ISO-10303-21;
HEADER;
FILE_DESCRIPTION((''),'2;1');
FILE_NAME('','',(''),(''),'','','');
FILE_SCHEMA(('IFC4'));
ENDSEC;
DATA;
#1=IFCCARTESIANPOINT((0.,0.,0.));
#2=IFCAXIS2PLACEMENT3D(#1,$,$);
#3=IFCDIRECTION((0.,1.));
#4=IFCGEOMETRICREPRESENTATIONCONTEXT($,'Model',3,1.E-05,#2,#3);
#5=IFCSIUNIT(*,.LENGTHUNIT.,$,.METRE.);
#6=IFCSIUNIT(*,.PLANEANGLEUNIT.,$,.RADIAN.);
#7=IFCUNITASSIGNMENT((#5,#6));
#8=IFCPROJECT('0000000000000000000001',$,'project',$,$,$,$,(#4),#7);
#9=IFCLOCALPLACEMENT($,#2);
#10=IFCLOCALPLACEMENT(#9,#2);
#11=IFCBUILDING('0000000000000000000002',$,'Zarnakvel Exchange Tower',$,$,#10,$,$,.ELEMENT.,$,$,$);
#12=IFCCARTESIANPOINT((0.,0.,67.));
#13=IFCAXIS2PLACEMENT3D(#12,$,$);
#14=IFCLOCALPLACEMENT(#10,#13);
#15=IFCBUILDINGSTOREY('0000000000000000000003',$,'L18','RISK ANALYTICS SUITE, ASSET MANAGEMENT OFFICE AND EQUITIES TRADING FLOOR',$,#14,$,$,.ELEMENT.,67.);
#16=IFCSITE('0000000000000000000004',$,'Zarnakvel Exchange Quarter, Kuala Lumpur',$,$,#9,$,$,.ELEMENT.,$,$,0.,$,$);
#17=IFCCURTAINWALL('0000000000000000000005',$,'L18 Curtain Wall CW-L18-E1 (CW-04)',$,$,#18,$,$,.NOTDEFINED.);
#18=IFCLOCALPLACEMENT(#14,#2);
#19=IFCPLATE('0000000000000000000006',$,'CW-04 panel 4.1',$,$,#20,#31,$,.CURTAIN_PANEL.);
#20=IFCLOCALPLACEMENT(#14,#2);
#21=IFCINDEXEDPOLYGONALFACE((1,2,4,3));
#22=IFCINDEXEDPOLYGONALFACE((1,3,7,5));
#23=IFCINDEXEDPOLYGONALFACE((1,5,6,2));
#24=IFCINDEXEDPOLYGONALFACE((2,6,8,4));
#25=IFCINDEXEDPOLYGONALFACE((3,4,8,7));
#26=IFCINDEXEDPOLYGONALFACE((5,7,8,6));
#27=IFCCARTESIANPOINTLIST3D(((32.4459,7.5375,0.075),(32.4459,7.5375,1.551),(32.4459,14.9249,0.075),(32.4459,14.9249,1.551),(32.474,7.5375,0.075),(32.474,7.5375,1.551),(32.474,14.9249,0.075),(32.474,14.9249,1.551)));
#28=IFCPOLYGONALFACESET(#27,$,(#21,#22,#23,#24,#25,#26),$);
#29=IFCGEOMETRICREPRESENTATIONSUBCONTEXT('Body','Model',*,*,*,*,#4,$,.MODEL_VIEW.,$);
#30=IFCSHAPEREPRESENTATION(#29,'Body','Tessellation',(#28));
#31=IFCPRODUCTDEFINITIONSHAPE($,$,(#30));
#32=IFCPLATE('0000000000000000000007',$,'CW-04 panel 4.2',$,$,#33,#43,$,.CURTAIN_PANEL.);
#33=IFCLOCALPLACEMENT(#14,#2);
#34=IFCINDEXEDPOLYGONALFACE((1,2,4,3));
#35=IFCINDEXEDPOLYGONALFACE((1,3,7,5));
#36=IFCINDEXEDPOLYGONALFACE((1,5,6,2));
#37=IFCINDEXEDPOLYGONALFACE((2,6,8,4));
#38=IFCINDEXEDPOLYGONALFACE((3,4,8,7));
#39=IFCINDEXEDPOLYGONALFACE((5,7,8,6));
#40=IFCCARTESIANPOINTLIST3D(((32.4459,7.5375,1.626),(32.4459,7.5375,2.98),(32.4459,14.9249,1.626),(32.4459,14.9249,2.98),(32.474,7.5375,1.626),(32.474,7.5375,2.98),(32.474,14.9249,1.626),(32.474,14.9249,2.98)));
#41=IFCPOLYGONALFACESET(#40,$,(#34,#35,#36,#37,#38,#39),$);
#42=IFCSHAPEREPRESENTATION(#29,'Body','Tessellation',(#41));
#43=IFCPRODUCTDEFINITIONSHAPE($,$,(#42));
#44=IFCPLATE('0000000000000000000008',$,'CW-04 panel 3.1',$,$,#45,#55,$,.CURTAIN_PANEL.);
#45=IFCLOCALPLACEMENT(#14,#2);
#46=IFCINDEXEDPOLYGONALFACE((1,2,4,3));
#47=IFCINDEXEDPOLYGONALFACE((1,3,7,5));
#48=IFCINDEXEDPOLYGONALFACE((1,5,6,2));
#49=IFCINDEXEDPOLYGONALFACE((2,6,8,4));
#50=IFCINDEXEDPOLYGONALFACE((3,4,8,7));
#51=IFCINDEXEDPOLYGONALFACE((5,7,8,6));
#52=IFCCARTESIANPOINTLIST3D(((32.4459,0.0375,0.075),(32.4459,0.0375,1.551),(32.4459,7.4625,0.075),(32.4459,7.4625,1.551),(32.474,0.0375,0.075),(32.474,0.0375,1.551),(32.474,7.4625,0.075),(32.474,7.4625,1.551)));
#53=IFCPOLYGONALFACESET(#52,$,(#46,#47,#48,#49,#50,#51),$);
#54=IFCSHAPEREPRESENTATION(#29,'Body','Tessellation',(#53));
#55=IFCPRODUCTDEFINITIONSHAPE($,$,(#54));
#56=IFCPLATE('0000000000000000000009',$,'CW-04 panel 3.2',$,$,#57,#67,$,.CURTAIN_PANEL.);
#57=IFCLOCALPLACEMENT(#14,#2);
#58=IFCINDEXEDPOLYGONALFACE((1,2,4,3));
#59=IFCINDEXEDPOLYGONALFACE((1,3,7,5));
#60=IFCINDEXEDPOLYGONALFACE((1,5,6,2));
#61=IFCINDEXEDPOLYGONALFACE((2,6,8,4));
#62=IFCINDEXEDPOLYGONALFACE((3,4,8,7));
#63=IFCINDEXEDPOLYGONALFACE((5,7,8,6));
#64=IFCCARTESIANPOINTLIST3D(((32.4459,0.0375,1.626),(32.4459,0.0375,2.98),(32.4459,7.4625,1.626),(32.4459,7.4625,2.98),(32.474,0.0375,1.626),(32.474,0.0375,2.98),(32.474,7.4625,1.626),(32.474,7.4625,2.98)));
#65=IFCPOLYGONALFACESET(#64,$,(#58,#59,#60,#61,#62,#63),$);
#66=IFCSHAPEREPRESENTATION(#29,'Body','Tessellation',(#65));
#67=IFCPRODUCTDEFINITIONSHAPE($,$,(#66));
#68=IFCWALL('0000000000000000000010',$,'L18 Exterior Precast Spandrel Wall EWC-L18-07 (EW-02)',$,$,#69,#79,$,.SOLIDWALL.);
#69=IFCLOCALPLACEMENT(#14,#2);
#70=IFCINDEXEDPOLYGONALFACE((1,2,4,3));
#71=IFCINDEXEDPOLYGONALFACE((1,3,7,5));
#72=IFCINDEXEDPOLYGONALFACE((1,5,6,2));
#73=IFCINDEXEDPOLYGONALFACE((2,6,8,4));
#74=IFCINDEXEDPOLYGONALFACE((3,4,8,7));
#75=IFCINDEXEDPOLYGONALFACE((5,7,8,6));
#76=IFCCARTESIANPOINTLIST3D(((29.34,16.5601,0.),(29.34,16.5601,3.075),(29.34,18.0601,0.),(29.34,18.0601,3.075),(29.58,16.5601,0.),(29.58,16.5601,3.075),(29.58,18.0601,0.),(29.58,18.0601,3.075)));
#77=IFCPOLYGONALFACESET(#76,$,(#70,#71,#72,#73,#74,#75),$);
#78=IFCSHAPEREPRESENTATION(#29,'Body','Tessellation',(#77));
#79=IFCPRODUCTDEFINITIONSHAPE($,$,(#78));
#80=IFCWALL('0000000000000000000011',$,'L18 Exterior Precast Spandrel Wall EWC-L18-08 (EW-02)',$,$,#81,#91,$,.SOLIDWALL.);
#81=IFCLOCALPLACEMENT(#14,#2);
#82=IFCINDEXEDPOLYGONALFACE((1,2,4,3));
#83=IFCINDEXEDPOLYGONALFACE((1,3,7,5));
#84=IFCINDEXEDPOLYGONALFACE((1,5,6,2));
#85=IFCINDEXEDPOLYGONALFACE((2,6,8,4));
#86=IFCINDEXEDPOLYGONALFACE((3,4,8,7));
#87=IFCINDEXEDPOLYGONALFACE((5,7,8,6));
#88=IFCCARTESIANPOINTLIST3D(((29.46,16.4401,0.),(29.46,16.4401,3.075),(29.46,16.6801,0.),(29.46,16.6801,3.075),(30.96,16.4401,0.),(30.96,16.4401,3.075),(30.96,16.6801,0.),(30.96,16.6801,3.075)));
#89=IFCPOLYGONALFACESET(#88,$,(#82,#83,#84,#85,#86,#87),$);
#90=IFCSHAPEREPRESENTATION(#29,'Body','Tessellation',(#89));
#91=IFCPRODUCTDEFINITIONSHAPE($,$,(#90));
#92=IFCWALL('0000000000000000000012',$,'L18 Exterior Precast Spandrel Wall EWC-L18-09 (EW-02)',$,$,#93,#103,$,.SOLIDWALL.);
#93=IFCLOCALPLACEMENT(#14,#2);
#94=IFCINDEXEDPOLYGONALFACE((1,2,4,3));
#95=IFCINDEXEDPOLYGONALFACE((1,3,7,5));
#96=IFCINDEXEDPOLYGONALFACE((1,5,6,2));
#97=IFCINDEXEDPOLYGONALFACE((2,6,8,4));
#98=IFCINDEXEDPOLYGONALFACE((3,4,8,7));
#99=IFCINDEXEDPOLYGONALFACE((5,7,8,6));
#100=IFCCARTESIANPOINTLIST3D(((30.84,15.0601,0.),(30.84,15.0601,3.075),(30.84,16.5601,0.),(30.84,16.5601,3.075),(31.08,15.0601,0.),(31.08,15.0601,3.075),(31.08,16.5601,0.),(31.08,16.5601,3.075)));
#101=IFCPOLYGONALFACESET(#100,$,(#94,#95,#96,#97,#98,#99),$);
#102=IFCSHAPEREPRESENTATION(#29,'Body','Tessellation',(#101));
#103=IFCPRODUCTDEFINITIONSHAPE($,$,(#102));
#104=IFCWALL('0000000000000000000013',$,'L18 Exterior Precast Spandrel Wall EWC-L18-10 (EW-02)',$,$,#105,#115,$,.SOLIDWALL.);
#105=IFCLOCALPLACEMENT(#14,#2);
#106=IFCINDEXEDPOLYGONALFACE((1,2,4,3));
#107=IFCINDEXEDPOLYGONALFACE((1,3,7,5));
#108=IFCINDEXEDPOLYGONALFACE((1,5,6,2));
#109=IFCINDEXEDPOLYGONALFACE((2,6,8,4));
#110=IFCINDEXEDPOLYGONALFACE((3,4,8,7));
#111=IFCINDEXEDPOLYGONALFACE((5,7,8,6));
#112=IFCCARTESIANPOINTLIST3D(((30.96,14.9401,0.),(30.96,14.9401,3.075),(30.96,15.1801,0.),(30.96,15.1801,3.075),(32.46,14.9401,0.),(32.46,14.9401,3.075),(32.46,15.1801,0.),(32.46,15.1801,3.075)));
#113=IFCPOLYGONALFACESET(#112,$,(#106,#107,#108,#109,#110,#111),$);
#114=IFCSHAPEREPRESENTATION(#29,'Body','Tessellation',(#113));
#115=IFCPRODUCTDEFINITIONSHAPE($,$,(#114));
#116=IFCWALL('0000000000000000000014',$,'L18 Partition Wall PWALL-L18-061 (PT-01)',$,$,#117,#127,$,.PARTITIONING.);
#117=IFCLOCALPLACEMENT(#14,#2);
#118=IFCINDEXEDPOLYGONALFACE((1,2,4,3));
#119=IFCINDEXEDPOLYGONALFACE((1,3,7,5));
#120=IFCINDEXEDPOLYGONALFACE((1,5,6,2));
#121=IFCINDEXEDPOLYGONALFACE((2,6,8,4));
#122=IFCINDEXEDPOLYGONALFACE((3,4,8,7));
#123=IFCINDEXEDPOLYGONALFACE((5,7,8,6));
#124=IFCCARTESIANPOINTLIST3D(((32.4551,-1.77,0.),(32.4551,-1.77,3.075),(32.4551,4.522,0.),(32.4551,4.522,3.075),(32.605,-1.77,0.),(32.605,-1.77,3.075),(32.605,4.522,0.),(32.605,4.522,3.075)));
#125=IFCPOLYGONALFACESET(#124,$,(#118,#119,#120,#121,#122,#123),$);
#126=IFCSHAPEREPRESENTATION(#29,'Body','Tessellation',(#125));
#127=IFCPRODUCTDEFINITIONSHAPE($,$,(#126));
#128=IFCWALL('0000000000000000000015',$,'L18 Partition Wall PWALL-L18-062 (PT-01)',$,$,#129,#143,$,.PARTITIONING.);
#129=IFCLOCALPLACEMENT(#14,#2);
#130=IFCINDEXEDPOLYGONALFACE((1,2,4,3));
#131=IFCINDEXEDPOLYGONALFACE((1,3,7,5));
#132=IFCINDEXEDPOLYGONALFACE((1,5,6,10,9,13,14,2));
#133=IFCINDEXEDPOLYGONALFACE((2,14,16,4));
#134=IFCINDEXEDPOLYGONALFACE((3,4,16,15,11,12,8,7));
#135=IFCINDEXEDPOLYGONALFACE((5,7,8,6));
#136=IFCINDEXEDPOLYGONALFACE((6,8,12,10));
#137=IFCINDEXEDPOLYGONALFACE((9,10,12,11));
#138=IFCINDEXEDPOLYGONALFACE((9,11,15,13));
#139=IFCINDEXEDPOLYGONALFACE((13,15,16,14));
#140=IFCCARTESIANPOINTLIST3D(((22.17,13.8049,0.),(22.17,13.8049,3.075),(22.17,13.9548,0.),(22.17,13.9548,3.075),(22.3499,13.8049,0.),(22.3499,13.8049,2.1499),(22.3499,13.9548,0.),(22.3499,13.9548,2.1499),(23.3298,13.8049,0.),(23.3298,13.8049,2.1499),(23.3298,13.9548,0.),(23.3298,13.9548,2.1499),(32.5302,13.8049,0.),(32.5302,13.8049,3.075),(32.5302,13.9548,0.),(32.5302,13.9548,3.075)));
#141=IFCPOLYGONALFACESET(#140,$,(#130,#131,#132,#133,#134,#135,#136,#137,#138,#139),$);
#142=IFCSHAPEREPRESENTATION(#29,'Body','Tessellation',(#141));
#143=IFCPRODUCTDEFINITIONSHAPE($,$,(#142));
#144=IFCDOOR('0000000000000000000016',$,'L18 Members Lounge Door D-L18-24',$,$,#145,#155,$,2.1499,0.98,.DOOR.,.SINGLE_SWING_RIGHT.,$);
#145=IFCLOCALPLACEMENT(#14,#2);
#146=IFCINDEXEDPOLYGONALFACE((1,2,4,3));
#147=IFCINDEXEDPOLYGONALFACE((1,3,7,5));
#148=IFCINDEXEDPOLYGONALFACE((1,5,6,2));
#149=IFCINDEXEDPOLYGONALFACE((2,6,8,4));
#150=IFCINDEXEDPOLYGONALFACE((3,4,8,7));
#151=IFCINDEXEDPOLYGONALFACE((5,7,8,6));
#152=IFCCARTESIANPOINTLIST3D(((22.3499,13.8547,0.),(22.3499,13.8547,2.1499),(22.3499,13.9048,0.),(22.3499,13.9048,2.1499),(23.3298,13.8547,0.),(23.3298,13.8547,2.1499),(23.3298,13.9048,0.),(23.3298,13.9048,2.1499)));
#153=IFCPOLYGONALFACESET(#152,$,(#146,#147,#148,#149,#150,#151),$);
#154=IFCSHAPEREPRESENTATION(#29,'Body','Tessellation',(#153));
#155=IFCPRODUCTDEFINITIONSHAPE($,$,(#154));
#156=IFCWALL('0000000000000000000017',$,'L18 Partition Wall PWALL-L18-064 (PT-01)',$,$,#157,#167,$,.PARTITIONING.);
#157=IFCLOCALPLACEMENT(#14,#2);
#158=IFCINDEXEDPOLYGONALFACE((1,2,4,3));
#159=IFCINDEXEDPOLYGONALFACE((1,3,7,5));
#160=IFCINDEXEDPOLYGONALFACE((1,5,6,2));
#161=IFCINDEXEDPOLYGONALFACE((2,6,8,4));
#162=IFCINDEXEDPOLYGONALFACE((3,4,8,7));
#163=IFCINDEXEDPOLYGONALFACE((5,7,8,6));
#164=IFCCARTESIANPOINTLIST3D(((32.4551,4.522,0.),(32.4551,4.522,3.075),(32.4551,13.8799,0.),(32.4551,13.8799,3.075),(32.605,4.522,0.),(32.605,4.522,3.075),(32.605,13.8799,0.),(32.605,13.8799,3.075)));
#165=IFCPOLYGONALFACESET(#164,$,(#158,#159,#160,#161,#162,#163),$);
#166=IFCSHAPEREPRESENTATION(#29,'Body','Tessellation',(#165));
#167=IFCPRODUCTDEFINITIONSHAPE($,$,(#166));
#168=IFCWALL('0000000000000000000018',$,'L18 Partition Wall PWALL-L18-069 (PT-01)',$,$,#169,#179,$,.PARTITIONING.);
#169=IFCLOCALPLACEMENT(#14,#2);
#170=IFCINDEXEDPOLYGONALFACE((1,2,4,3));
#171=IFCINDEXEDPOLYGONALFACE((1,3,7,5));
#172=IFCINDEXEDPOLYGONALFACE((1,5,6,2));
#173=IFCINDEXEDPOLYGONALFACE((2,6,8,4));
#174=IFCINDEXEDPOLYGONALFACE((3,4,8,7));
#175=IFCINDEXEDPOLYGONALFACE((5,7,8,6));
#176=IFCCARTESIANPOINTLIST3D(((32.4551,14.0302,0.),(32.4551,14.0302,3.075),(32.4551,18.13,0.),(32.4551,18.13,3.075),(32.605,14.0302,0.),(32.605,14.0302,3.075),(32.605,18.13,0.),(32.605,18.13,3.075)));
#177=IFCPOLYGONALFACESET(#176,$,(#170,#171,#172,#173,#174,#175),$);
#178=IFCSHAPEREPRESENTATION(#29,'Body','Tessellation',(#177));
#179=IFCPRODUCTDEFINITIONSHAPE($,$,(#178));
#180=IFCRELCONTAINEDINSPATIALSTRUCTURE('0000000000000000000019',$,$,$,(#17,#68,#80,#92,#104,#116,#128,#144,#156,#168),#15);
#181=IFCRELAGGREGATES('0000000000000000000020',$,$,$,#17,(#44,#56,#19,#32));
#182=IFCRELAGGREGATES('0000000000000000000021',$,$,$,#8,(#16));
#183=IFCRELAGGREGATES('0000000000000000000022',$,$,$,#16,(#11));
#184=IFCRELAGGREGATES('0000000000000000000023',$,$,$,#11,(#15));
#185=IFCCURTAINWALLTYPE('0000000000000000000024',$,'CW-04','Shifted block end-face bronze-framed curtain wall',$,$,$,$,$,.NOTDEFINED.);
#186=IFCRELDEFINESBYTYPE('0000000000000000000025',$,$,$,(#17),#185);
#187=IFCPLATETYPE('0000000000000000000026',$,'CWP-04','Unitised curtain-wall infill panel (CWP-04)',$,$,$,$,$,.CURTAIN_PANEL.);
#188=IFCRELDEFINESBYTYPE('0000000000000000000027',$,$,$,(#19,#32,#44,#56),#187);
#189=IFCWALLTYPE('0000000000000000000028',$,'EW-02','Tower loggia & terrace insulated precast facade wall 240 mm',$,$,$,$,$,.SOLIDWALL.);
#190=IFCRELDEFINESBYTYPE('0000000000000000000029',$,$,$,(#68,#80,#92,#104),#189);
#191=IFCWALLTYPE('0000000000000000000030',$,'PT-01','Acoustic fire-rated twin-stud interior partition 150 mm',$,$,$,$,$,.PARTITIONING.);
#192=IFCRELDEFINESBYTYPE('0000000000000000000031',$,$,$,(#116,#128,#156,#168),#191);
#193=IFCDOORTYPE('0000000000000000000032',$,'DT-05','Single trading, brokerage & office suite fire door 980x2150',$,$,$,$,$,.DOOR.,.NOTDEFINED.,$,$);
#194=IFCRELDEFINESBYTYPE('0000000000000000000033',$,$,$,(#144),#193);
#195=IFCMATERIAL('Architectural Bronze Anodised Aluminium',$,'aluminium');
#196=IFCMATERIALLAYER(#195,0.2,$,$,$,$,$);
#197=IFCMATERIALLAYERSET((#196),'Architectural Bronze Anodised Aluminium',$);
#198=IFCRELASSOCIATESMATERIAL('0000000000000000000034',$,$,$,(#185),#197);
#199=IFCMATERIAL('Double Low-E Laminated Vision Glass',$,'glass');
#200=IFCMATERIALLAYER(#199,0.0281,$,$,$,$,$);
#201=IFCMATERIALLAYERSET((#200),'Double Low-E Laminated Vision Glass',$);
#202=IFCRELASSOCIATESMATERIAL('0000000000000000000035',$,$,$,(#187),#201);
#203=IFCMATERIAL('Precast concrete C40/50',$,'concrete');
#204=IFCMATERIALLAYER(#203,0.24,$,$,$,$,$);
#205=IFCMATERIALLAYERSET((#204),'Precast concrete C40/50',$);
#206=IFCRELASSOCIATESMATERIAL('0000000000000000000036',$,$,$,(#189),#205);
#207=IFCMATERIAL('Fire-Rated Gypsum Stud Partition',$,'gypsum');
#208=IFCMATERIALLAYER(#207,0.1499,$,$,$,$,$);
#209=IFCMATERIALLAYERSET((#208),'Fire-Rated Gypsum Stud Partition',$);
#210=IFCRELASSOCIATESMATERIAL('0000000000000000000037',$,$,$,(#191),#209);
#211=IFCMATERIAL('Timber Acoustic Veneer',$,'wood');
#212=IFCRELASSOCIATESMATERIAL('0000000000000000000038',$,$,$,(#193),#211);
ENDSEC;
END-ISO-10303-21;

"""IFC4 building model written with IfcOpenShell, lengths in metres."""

from ifc_helpers import new_model, si_unit, direction, frame, frame_2d, origin, origin_2d, place, context, subcontext, project, spatial, rectangle, extrude, source, transform, mapped, material, layer, layer_set, type_object, element, fill, aggregate, save


model = new_model("IFC4")

# Units and contexts
model_context = context("Model", 3, precision=1e-05, world=origin(), true_north=direction((0.0, 1.0)))
body_context = subcontext(model_context, "Body", "Model", "MODEL_VIEW")
ifc_project = project(units=[si_unit("LENGTHUNIT", "METRE"), si_unit("PLANEANGLEUNIT", "RADIAN")], contexts=[model_context])

# Site, building, storey
site_placement = place(None, origin())
site = spatial("IfcSite", under=ifc_project, at=site_placement, Name="Zarnakvel Exchange Quarter, Kuala Lumpur", CompositionType="ELEMENT", RefElevation=0.0)
building_placement = place(site_placement, origin())
building = spatial("IfcBuilding", under=site, at=building_placement, Name="Zarnakvel Exchange Tower", CompositionType="ELEMENT")
storey_placement = place(building_placement, frame((0.0, 0.0, 67.0)))
storey = spatial("IfcBuildingStorey", under=building, at=storey_placement, Name="L18", Description="RISK ANALYTICS SUITE, ASSET MANAGEMENT OFFICE AND EQUITIES TRADING FLOOR", CompositionType="ELEMENT", Elevation=67.0)

# Curtain wall
ifc_material_1 = material(Name="Architectural Bronze Anodised Aluminium", Category="aluminium")
ifc_layer_1 = layer(ifc_material_1, 0.2)
ifc_layer_set_1 = layer_set([ifc_layer_1], Name="Architectural Bronze Anodised Aluminium")
curtain_wall_type_1 = type_object("IfcCurtainWallType", Name="CW-04", Description="Shifted block end-face bronze-framed curtain wall", PredefinedType="NOTDEFINED", material=ifc_layer_set_1)
curtain_wall_1_placement = place(storey_placement, origin())
curtain_wall_1 = element("IfcCurtainWall", 1, at=curtain_wall_1_placement, inside=storey, type_object=curtain_wall_type_1, Name="L18 Curtain Wall CW-L18-E1 (CW-04)", PredefinedType="NOTDEFINED")

# Plates
ifc_material_2 = material(Name="Double Low-E Laminated Vision Glass", Category="glass")
ifc_layer_2 = layer(ifc_material_2, 0.0281)
ifc_layer_set_2 = layer_set([ifc_layer_2], Name="Double Low-E Laminated Vision Glass")
plate_type_1 = type_object("IfcPlateType", Name="CWP-04", Description="Unitised curtain-wall infill panel (CWP-04)", PredefinedType="CURTAIN_PANEL", material=ifc_layer_set_2)
shared_shape_1 = source(origin(), body_context, "Body", "SweptSolid", [
    extrude(rectangle(XDim=7.3875, YDim=0.0281, at=origin_2d()), origin(), (0.0, 0.0, 1.0), 1.4761),
])
plate_1_placement = place(storey_placement, frame((32.46, 11.2312, 0.075), z_axis=(0.0, 0.0, 1.0), x_axis=(0.0, 1.0, 0.0)))
plate_1 = element("IfcPlate", 2, at=plate_1_placement, type_object=plate_type_1, Name="CW-04 panel 4.1", PredefinedType="CURTAIN_PANEL", context=body_context, shape_type="MappedRepresentation", body=[
    mapped(shared_shape_1, transform((0.0, 0.0, 0.0), x_axis=(1.0, 0.0, 0.0), y_axis=(0.0, 1.0, 0.0), z_axis=(0.0, 0.0, 1.0), scale=1.0)),
])
shared_shape_2 = source(origin(), body_context, "Body", "SweptSolid", [
    extrude(rectangle(XDim=7.3875, YDim=0.0281, at=origin_2d()), origin(), (0.0, 0.0, 1.0), 1.354),
])
plate_2_placement = place(storey_placement, frame((32.46, 11.2312, 1.626), z_axis=(0.0, 0.0, 1.0), x_axis=(0.0, 1.0, 0.0)))
plate_2 = element("IfcPlate", 3, at=plate_2_placement, type_object=plate_type_1, Name="CW-04 panel 4.2", PredefinedType="CURTAIN_PANEL", context=body_context, shape_type="MappedRepresentation", body=[
    mapped(shared_shape_2, transform((0.0, 0.0, 0.0), x_axis=(1.0, 0.0, 0.0), y_axis=(0.0, 1.0, 0.0), z_axis=(0.0, 0.0, 1.0), scale=1.0)),
])
shared_shape_3 = source(origin(), body_context, "Body", "SweptSolid", [
    extrude(rectangle(XDim=7.425, YDim=0.0281, at=origin_2d()), origin(), (0.0, 0.0, 1.0), 1.4761),
])
plate_3_placement = place(storey_placement, frame((32.46, 3.75, 0.075), z_axis=(0.0, 0.0, 1.0), x_axis=(0.0, 1.0, 0.0)))
plate_3 = element("IfcPlate", 4, at=plate_3_placement, type_object=plate_type_1, Name="CW-04 panel 3.1", PredefinedType="CURTAIN_PANEL", context=body_context, shape_type="MappedRepresentation", body=[
    mapped(shared_shape_3, transform((0.0, 0.0, 0.0), x_axis=(1.0, 0.0, 0.0), y_axis=(0.0, 1.0, 0.0), z_axis=(0.0, 0.0, 1.0), scale=1.0)),
])
shared_shape_4 = source(origin(), body_context, "Body", "SweptSolid", [
    extrude(rectangle(XDim=7.425, YDim=0.0281, at=origin_2d()), origin(), (0.0, 0.0, 1.0), 1.354),
])
plate_4_placement = place(storey_placement, frame((32.46, 3.75, 1.626), z_axis=(0.0, 0.0, 1.0), x_axis=(0.0, 1.0, 0.0)))
plate_4 = element("IfcPlate", 5, at=plate_4_placement, type_object=plate_type_1, Name="CW-04 panel 3.2", PredefinedType="CURTAIN_PANEL", context=body_context, shape_type="MappedRepresentation", body=[
    mapped(shared_shape_4, transform((0.0, 0.0, 0.0), x_axis=(1.0, 0.0, 0.0), y_axis=(0.0, 1.0, 0.0), z_axis=(0.0, 0.0, 1.0), scale=1.0)),
])
aggregate(curtain_wall_1, [plate_3, plate_4, plate_1, plate_2])

# Walls
ifc_material_3 = material(Name="Precast concrete C40/50", Category="concrete")
ifc_layer_3 = layer(ifc_material_3, 0.24)
ifc_layer_set_3 = layer_set([ifc_layer_3], Name="Precast concrete C40/50")
wall_type_1 = type_object("IfcWallType", Name="EW-02", Description="Tower loggia & terrace insulated precast facade wall 240 mm", PredefinedType="SOLIDWALL", material=ifc_layer_set_3)
for number, where, z_axis, x_axis, name in (
    (6, (29.46, 16.5601, 0.0), (0.0, 0.0, 1.0), (0.0, 1.0, 0.0), "L18 Exterior Precast Spandrel Wall EWC-L18-07 (EW-02)"),
    (7, (30.96, 16.5601, 0.0), (0.0, 0.0, 1.0), (-1.0, 0.0, 0.0), "L18 Exterior Precast Spandrel Wall EWC-L18-08 (EW-02)"),
    (8, (30.96, 15.0601, 0.0), (0.0, 0.0, 1.0), (0.0, 1.0, 0.0), "L18 Exterior Precast Spandrel Wall EWC-L18-09 (EW-02)"),
    (9, (32.46, 15.0601, 0.0), (0.0, 0.0, 1.0), (-1.0, 0.0, 0.0), "L18 Exterior Precast Spandrel Wall EWC-L18-10 (EW-02)"),
):
    element("IfcWall", number, at=place(storey_placement, frame(where, z_axis=z_axis, x_axis=x_axis)), inside=storey, type_object=wall_type_1, Name=name, PredefinedType="SOLIDWALL", context=body_context, shape_type="SweptSolid", body=[
        extrude(rectangle(XDim=1.5, YDim=0.24, at=frame_2d((0.75, 0.0))), origin(), (0.0, 0.0, 1.0), 3.075),
    ])
ifc_material_4 = material(Name="Fire-Rated Gypsum Stud Partition", Category="gypsum")
ifc_layer_4 = layer(ifc_material_4, 0.1499)
ifc_layer_set_4 = layer_set([ifc_layer_4], Name="Fire-Rated Gypsum Stud Partition")
wall_type_2 = type_object("IfcWallType", Name="PT-01", Description="Acoustic fire-rated twin-stud interior partition 150 mm", PredefinedType="PARTITIONING", material=ifc_layer_set_4)
wall_1_placement = place(storey_placement, frame((32.53, 4.522, 0.0), z_axis=(0.0, 0.0, 1.0), x_axis=(0.0, -1.0, 0.0)))
element("IfcWall", 10, at=wall_1_placement, inside=storey, type_object=wall_type_2, Name="L18 Partition Wall PWALL-L18-061 (PT-01)", PredefinedType="PARTITIONING", context=body_context, shape_type="SweptSolid", body=[
    extrude(rectangle(XDim=6.292, YDim=0.1499, at=frame_2d((3.146, 0.0))), origin(), (0.0, 0.0, 1.0), 3.075),
])

# Wall, opening, door
wall_2_placement = place(storey_placement, frame((22.1699, 13.8799, 0.0), z_axis=(0.0, 0.0, 1.0), x_axis=(1.0, 0.0, 0.0)))
wall_2 = element("IfcWall", 11, at=wall_2_placement, inside=storey, type_object=wall_type_2, Name="L18 Partition Wall PWALL-L18-062 (PT-01)", PredefinedType="PARTITIONING", context=body_context, shape_type="SweptSolid", body=[
    extrude(rectangle(XDim=10.3601, YDim=0.1499, at=frame_2d((5.1802, 0.0))), origin(), (0.0, 0.0, 1.0), 3.075),
])
opening_placement = place(wall_2_placement, frame((0.1799, 0.0, 0.0)))
opening = element("IfcOpeningElement", 12, at=opening_placement, cuts=wall_2, PredefinedType="OPENING", context=body_context, shape_type="SweptSolid", body=[
    extrude(rectangle(XDim=0.98, YDim=2.1499, at=frame_2d((0.49, 1.075))), frame((0.0, 0.085, 0.0), z_axis=(0.0, -1.0, 0.0), x_axis=(1.0, 0.0, 0.0)), (0.0, 0.0, 1.0), 0.1699),
])
ifc_material_5 = material(Name="Timber Acoustic Veneer", Category="wood")
door_type = type_object("IfcDoorType", Name="DT-05", Description="Single trading, brokerage & office suite fire door 980x2150", OperationType="NOTDEFINED", PredefinedType="DOOR", material=ifc_material_5)
shared_shape_5 = source(origin(), body_context, "Body", "SweptSolid", [
    extrude(rectangle(XDim=0.98, YDim=2.1499, at=frame_2d((0.49, 1.075))), frame((0.0, 0.0249, 0.0), z_axis=(0.0, -1.0, 0.0), x_axis=(1.0, 0.0, 0.0)), (0.0, 0.0, 1.0), 0.05),
])
door_placement = place(opening_placement, origin())
door = element("IfcDoor", 13, at=door_placement, inside=storey, type_object=door_type, Name="L18 Members Lounge Door D-L18-24", OperationType="SINGLE_SWING_RIGHT", OverallHeight=2.1499, OverallWidth=0.98, PredefinedType="DOOR", context=body_context, shape_type="MappedRepresentation", body=[
    mapped(shared_shape_5, transform((0.0, 0.0, 0.0), x_axis=(1.0, 0.0, 0.0), y_axis=(0.0, 1.0, 0.0), z_axis=(0.0, 0.0, 1.0), scale=1.0)),
])
fill(opening, door)

# Walls
wall_3_placement = place(storey_placement, frame((32.53, 13.8799, 0.0), z_axis=(0.0, 0.0, 1.0), x_axis=(0.0, -1.0, 0.0)))
element("IfcWall", 14, at=wall_3_placement, inside=storey, type_object=wall_type_2, Name="L18 Partition Wall PWALL-L18-064 (PT-01)", PredefinedType="PARTITIONING", context=body_context, shape_type="SweptSolid", body=[
    extrude(rectangle(XDim=9.3579, YDim=0.1499, at=frame_2d((4.679, 0.0))), origin(), (0.0, 0.0, 1.0), 3.075),
])
wall_4_placement = place(storey_placement, frame((32.53, 18.1299, 0.0), z_axis=(0.0, 0.0, 1.0), x_axis=(0.0, -1.0, 0.0)))
element("IfcWall", 15, at=wall_4_placement, inside=storey, type_object=wall_type_2, Name="L18 Partition Wall PWALL-L18-069 (PT-01)", PredefinedType="PARTITIONING", context=body_context, shape_type="SweptSolid", body=[
    extrude(rectangle(XDim=4.0999, YDim=0.1499, at=frame_2d((2.0498, 0.0))), origin(), (0.0, 0.0, 1.0), 3.075),
])

save(model, "model.ifc")
